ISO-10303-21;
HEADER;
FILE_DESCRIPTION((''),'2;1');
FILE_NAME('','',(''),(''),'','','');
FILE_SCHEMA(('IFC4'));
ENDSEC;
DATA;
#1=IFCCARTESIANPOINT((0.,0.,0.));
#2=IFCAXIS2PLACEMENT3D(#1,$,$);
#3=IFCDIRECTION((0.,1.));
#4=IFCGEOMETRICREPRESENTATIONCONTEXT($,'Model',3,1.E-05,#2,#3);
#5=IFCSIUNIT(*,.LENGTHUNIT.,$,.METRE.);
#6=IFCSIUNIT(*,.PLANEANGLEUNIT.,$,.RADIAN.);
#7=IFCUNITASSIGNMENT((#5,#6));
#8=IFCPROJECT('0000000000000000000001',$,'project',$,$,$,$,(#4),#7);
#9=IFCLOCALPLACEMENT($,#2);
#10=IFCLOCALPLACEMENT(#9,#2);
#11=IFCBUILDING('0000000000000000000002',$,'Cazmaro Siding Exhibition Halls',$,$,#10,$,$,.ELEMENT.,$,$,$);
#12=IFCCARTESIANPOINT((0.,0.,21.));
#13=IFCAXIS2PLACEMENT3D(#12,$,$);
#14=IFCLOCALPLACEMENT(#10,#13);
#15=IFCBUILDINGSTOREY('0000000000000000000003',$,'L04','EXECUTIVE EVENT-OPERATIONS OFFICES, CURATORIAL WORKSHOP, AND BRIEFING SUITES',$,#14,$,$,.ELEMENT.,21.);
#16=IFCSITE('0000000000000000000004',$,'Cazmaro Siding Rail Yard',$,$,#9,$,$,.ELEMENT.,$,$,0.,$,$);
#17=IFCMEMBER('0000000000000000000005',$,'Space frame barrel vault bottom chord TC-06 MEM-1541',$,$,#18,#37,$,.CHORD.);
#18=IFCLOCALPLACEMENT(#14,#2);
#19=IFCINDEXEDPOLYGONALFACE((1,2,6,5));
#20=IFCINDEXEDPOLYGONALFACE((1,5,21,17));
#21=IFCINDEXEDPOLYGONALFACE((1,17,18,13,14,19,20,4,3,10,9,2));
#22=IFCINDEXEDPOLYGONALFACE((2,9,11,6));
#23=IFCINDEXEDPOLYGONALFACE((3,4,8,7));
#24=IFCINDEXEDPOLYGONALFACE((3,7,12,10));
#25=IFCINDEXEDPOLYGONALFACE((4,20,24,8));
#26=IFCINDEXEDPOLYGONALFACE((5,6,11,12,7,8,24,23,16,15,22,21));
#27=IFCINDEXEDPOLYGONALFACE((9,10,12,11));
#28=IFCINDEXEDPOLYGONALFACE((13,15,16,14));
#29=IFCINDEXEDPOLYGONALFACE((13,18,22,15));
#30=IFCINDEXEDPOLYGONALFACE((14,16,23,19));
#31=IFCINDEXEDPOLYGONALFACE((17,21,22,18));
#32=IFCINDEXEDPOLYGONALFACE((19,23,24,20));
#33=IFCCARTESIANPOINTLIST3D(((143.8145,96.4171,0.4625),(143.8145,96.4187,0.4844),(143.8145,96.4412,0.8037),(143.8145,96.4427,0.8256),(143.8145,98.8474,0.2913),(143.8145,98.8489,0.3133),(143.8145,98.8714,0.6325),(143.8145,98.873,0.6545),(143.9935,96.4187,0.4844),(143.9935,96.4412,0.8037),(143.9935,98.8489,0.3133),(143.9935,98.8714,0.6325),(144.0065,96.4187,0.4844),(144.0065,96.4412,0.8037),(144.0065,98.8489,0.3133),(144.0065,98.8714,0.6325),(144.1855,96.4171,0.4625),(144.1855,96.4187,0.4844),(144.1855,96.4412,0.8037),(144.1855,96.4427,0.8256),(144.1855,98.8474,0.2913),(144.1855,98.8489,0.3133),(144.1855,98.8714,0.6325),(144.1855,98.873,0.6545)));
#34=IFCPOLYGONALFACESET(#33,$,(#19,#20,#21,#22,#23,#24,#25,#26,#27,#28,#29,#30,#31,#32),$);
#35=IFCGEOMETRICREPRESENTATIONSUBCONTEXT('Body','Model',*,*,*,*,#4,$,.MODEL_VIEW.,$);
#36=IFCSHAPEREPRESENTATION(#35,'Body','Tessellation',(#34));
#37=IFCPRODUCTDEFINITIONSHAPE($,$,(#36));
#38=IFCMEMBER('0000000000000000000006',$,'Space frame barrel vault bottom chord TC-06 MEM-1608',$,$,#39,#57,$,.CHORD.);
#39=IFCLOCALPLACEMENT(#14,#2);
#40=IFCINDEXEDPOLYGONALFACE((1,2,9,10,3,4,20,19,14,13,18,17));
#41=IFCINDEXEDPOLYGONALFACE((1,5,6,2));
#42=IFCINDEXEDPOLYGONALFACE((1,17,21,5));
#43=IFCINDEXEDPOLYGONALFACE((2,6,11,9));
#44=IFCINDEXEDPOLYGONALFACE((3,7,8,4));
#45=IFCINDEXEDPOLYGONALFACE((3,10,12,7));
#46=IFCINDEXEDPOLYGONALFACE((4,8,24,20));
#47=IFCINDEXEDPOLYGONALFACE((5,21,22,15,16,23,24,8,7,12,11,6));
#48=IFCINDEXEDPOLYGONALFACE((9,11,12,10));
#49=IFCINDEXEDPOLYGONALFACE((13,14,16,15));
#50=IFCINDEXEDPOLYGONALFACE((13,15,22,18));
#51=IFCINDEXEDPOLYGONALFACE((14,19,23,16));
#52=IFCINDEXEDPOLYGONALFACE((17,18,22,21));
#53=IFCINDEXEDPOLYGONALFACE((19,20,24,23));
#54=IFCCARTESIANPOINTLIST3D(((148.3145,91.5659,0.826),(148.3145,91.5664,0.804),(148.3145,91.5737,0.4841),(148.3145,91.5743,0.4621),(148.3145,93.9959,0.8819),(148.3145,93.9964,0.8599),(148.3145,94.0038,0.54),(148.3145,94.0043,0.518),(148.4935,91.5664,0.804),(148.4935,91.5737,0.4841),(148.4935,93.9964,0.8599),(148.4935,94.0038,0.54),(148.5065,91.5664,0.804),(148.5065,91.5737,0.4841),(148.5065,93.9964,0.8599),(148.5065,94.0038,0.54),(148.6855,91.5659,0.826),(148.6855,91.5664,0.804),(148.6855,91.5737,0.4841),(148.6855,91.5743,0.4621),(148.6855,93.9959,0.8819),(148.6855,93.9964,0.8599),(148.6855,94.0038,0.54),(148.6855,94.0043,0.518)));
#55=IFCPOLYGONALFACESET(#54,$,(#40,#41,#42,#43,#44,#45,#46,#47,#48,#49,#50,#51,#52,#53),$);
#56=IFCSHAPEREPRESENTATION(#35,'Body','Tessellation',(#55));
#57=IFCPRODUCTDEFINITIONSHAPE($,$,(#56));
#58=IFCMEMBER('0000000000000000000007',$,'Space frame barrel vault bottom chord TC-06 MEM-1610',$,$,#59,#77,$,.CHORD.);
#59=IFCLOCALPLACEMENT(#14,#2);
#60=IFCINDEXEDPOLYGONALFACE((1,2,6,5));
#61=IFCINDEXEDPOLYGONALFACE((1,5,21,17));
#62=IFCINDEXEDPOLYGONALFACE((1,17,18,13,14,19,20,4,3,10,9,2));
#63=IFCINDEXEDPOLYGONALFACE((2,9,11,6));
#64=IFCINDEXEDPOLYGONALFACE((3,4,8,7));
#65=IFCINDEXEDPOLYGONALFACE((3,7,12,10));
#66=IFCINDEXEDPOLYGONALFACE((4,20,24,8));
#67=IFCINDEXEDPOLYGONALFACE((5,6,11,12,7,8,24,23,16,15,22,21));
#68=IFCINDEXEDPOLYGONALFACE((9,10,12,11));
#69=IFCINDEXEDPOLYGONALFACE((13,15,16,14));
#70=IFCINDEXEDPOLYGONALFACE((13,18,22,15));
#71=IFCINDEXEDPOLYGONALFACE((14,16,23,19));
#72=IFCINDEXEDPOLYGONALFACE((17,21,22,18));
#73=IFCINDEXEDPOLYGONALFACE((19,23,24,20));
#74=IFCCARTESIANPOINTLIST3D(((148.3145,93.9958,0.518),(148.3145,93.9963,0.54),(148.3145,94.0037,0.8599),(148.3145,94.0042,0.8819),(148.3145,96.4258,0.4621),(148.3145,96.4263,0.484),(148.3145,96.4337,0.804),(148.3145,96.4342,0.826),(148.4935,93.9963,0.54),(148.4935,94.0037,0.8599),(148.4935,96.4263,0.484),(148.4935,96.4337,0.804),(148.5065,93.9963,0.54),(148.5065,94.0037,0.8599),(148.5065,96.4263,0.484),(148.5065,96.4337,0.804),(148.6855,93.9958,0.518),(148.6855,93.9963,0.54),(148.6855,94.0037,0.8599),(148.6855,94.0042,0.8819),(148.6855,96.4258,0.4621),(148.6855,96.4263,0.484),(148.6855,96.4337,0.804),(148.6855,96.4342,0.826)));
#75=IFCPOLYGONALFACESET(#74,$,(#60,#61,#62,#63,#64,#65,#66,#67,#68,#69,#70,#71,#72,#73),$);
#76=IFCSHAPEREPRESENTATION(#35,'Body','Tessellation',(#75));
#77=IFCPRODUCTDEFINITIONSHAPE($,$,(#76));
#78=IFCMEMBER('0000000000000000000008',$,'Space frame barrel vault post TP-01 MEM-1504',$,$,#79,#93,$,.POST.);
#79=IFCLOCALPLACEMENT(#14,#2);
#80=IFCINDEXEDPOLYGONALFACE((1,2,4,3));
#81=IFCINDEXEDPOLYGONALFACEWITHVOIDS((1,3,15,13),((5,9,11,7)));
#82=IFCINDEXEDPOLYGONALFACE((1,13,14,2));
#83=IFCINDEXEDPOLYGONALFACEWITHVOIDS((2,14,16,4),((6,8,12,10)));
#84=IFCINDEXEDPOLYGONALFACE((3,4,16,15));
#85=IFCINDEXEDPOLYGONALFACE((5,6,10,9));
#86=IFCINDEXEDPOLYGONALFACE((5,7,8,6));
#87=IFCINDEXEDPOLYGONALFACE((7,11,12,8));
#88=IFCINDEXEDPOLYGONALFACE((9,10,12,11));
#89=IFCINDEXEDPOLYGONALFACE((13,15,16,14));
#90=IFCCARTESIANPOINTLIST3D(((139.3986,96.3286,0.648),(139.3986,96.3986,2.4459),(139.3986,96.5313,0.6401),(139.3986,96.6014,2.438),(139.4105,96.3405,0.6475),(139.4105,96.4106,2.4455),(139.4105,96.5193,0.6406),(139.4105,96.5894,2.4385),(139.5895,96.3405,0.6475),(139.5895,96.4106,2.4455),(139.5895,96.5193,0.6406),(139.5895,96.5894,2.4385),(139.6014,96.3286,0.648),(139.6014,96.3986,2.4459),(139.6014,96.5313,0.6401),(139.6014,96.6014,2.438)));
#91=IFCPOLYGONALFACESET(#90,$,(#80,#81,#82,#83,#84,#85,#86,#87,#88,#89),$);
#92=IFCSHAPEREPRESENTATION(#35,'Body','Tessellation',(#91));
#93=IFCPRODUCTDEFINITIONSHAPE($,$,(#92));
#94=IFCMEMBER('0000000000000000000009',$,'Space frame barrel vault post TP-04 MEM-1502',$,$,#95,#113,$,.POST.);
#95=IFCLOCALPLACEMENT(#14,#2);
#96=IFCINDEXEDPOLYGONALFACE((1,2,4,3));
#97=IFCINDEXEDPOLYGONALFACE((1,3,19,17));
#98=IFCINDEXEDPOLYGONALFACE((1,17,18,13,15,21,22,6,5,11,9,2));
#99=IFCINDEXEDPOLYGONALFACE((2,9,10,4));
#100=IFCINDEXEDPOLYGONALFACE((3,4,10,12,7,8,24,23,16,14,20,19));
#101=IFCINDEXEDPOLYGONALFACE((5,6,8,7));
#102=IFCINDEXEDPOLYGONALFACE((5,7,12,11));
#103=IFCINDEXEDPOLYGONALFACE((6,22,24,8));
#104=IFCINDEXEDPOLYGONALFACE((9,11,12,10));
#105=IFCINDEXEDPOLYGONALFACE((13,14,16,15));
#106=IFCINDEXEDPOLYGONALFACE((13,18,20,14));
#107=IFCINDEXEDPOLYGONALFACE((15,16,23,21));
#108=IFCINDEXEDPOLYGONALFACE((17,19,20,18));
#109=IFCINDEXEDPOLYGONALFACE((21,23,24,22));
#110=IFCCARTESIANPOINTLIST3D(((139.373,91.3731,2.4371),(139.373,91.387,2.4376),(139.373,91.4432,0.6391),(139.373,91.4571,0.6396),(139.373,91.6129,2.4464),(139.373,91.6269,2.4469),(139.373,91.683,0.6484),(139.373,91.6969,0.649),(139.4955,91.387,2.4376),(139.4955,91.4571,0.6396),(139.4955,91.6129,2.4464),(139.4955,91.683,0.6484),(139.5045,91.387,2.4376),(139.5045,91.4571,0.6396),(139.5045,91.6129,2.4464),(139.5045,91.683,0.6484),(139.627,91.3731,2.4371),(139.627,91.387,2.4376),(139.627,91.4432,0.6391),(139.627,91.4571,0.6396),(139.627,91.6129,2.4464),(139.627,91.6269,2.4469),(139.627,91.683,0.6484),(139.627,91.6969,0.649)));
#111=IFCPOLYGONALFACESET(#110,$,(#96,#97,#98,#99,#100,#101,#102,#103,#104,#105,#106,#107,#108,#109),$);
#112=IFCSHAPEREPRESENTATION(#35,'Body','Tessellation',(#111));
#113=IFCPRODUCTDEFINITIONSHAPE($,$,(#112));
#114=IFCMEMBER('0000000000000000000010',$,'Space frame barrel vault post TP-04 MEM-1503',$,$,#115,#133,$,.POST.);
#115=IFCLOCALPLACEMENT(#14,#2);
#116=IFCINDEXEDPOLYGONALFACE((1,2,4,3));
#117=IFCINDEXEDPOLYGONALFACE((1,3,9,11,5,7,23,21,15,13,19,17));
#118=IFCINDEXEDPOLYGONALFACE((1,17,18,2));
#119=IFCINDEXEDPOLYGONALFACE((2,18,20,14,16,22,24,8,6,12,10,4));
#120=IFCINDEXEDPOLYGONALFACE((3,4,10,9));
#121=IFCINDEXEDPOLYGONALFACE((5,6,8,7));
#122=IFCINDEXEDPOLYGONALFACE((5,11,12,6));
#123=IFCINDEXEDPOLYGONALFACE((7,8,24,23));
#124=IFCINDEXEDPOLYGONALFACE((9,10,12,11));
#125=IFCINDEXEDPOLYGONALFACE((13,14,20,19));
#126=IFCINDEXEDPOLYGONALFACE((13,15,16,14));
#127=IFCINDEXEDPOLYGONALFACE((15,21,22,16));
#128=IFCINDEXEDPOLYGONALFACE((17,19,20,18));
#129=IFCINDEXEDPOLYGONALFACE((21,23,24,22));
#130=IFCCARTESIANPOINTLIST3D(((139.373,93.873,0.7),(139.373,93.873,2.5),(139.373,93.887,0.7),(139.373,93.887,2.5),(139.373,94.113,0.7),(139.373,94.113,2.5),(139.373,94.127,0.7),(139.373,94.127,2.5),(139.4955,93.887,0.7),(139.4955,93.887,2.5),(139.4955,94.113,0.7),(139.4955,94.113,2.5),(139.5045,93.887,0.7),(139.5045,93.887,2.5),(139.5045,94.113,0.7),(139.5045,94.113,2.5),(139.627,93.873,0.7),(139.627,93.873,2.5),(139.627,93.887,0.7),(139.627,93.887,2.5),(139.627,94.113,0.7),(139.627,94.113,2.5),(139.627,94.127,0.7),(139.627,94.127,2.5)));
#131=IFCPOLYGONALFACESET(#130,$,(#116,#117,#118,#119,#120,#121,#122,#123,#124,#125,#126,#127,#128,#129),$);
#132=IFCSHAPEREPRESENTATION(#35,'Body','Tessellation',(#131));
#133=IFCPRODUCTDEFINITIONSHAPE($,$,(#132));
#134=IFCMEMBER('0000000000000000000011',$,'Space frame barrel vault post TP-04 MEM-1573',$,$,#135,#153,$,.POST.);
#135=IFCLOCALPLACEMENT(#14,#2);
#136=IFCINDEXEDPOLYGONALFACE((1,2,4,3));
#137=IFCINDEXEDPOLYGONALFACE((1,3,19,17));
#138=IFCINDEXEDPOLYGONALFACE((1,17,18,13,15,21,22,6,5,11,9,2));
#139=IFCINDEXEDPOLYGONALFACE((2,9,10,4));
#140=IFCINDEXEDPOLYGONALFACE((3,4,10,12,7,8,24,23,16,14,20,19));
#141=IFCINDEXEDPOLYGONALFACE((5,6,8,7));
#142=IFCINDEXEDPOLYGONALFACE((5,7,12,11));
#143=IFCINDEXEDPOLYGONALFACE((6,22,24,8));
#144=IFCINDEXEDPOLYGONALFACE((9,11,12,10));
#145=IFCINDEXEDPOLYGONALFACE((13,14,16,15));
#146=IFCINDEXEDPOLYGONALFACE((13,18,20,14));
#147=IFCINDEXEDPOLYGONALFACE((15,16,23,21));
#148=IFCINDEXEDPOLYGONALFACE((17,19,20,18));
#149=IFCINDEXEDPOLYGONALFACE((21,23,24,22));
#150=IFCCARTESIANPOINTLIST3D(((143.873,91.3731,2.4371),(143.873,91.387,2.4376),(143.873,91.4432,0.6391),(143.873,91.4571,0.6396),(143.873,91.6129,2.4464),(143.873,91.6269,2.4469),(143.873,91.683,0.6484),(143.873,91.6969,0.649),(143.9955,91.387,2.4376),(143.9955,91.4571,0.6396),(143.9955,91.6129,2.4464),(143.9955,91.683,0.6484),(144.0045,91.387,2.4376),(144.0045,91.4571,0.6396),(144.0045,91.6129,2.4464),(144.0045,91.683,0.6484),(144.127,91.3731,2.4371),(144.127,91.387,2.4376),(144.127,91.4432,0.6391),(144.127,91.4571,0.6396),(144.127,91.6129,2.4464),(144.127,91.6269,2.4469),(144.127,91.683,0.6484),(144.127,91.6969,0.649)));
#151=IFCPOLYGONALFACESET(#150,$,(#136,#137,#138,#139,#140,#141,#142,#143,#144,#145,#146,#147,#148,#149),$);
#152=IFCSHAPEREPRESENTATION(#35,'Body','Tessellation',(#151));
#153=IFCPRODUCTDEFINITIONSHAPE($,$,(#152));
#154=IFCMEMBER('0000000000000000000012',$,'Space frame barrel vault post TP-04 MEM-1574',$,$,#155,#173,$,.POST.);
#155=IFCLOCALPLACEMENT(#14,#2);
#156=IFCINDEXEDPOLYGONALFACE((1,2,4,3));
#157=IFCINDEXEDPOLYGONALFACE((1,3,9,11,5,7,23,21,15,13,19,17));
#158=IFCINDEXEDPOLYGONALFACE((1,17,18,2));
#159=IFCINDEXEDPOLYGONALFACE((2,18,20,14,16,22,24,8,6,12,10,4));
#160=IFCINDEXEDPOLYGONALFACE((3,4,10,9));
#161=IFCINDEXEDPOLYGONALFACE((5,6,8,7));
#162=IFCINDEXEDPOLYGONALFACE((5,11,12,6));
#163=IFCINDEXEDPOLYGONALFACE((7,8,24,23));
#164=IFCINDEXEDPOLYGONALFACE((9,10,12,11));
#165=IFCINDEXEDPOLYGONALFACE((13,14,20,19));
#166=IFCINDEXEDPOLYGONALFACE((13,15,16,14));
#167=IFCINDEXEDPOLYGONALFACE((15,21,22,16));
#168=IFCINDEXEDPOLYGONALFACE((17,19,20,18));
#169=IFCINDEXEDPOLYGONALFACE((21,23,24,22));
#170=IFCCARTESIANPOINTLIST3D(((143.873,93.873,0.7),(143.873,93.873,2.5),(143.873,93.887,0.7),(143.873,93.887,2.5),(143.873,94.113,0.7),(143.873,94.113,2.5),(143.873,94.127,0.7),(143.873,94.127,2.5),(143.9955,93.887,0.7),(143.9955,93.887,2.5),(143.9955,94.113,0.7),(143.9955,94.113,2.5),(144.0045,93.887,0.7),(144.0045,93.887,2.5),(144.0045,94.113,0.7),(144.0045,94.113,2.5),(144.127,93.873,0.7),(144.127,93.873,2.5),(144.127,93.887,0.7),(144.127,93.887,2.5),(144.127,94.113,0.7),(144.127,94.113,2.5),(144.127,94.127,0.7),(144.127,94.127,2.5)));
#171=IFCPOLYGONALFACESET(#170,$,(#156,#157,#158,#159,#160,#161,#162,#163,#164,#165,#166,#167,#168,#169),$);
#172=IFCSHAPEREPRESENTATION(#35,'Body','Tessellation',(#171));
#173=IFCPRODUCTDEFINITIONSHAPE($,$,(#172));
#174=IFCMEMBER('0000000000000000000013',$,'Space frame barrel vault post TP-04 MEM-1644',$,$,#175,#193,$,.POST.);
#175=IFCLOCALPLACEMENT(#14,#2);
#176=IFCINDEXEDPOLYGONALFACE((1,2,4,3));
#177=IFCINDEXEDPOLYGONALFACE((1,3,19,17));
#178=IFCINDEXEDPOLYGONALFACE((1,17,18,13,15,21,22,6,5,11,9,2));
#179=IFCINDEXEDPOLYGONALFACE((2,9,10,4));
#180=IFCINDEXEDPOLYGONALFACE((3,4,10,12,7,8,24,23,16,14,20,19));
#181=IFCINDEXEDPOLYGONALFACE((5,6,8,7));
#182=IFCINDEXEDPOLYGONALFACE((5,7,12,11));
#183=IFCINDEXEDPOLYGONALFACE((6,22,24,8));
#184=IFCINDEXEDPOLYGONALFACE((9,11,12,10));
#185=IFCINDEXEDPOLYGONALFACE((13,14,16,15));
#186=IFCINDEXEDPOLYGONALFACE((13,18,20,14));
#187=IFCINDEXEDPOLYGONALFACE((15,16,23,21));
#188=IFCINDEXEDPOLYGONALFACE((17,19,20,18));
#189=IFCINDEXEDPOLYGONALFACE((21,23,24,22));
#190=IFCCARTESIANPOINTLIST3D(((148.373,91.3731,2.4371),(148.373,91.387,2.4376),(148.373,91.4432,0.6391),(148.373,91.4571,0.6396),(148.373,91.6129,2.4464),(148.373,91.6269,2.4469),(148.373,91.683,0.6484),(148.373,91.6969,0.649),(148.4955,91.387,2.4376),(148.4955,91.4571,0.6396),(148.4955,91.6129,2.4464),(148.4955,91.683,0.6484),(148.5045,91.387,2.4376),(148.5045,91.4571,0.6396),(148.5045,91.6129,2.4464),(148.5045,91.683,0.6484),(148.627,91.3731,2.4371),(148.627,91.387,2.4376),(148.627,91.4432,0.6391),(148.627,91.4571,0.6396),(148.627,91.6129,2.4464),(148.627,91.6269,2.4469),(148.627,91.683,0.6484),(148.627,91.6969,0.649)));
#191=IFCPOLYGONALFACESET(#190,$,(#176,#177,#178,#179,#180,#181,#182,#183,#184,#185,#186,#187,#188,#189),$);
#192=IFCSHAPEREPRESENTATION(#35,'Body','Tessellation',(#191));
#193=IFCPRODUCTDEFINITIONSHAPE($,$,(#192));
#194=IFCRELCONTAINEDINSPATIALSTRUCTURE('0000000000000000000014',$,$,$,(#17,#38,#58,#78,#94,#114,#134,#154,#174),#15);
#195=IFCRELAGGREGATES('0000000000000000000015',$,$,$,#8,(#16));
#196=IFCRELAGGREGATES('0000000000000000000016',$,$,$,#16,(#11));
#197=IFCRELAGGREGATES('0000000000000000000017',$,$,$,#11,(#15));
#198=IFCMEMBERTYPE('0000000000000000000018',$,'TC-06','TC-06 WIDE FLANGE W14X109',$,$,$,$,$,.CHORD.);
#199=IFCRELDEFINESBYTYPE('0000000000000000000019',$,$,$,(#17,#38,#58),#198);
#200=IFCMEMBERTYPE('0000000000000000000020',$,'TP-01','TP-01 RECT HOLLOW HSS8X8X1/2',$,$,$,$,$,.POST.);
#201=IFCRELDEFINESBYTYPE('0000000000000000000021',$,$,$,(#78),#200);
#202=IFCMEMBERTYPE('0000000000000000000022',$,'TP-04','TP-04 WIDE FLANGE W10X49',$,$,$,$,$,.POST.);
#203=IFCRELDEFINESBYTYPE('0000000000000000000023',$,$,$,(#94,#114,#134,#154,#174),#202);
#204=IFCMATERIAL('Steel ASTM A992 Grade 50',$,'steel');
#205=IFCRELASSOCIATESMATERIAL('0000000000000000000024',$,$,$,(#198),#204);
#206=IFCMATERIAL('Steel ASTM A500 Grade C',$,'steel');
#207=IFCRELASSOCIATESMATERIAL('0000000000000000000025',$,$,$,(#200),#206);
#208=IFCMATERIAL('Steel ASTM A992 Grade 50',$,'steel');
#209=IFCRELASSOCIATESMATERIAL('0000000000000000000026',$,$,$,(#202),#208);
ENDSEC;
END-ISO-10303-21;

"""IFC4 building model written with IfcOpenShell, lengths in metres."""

from ifc_helpers import new_model, si_unit, direction, frame, origin, origin_2d, place, context, subcontext, project, spatial, hollow_rectangle, i_section, extrude, material, material_profile, profile_set, type_object, element, save


model = new_model("IFC4")

# Units and contexts
model_context = context("Model", 3, precision=1e-05, world=origin(), true_north=direction((0.0, 1.0)))
body_context = subcontext(model_context, "Body", "Model", "MODEL_VIEW")
ifc_project = project(units=[si_unit("LENGTHUNIT", "METRE"), si_unit("PLANEANGLEUNIT", "RADIAN")], contexts=[model_context])

# Site, building, storey
site_placement = place(None, origin())
site = spatial("IfcSite", under=ifc_project, at=site_placement, Name="Cazmaro Siding Rail Yard", CompositionType="ELEMENT", RefElevation=0.0)
building_placement = place(site_placement, origin())
building = spatial("IfcBuilding", under=site, at=building_placement, Name="Cazmaro Siding Exhibition Halls", CompositionType="ELEMENT")
storey_placement = place(building_placement, frame((0.0, 0.0, 21.0)))
storey = spatial("IfcBuildingStorey", under=building, at=storey_placement, Name="L04", Description="EXECUTIVE EVENT-OPERATIONS OFFICES, CURATORIAL WORKSHOP, AND BRIEFING SUITES", CompositionType="ELEMENT", Elevation=21.0)

# Members
ifc_material_1 = material(Name="Steel ASTM A992 Grade 50", Category="steel")
ifc_material_profile_1 = material_profile(ifc_material_1, i_section(OverallWidth=0.3711, OverallDepth=0.364, WebThickness=0.0129, FlangeThickness=0.022, at=origin_2d()), Name="W14X109")
ifc_profile_set_1 = profile_set([ifc_material_profile_1], Name="Steel ASTM A992 Grade 50")
member_type_1 = type_object("IfcMemberType", Name="TC-06", Description="TC-06 WIDE FLANGE W14X109", PredefinedType="CHORD", material=ifc_profile_set_1)
member_1_placement = place(storey_placement, frame((144.0, 96.4299, 0.644), z_axis=(0.0, 0.997529, -0.07025), x_axis=(-1.0, 0.0, 0.0)))
element("IfcMember", 1, at=member_1_placement, inside=storey, type_object=member_type_1, Name="Space frame barrel vault bottom chord TC-06 MEM-1541", PredefinedType="CHORD", context=body_context, shape_type="SweptSolid", body=[
    extrude(i_section(OverallWidth=0.3711, OverallDepth=0.364, WebThickness=0.0129, FlangeThickness=0.022, at=origin_2d()), origin(), (0.0, 0.0, 1.0), 2.4363),
])
for number, where, z_axis, x_axis, name in (
    (2, (148.5, 91.5701, 0.644), (0.0, 0.999735, 0.023002), (-1.0, 0.0, 0.0), "Space frame barrel vault bottom chord TC-06 MEM-1608"),
    (3, (148.5, 94.0, 0.7), (0.0, 0.999735, -0.023002), (-1.0, 0.0, 0.0), "Space frame barrel vault bottom chord TC-06 MEM-1610"),
):
    element("IfcMember", number, at=place(storey_placement, frame(where, z_axis=z_axis, x_axis=x_axis)), inside=storey, type_object=member_type_1, Name=name, PredefinedType="CHORD", context=body_context, shape_type="SweptSolid", body=[
        extrude(i_section(OverallWidth=0.3711, OverallDepth=0.364, WebThickness=0.0129, FlangeThickness=0.022, at=origin_2d()), origin(), (0.0, 0.0, 1.0), 2.4307),
    ])
ifc_material_2 = material(Name="Steel ASTM A500 Grade C", Category="steel")
ifc_material_profile_2 = material_profile(ifc_material_2, hollow_rectangle(XDim=0.2029, YDim=0.2029, WallThickness=0.012, at=origin_2d()), Name="HSS8X8X1/2")
ifc_profile_set_2 = profile_set([ifc_material_profile_2], Name="Steel ASTM A500 Grade C")
member_type_2 = type_object("IfcMemberType", Name="TP-01", Description="TP-01 RECT HOLLOW HSS8X8X1/2", PredefinedType="POST", material=ifc_profile_set_2)
member_2_placement = place(storey_placement, frame((139.5, 96.4299, 0.644), z_axis=(0.0, 0.038944, 0.999241), x_axis=(-1.0, 0.0, 0.0)))
element("IfcMember", 4, at=member_2_placement, inside=storey, type_object=member_type_2, Name="Space frame barrel vault post TP-01 MEM-1504", PredefinedType="POST", context=body_context, shape_type="SweptSolid", body=[
    extrude(hollow_rectangle(XDim=0.2029, YDim=0.2029, WallThickness=0.012, at=origin_2d()), origin(), (0.0, 0.0, 1.0), 1.7993),
])
ifc_material_3 = material(Name="Steel ASTM A992 Grade 50", Category="steel")
ifc_material_profile_3 = material_profile(ifc_material_3, i_section(OverallWidth=0.2539, OverallDepth=0.2539, WebThickness=0.009, FlangeThickness=0.0139, at=origin_2d()), Name="W10X49")
ifc_profile_set_3 = profile_set([ifc_material_profile_3], Name="Steel ASTM A992 Grade 50")
member_type_3 = type_object("IfcMemberType", Name="TP-04", Description="TP-04 WIDE FLANGE W10X49", PredefinedType="POST", material=ifc_profile_set_3)
member_3_placement = place(storey_placement, frame((139.5, 91.5701, 0.644), z_axis=(0.0, -0.038944, 0.999241), x_axis=(1.0, 0.0, 0.0)))
element("IfcMember", 5, at=member_3_placement, inside=storey, type_object=member_type_3, Name="Space frame barrel vault post TP-04 MEM-1502", PredefinedType="POST", context=body_context, shape_type="SweptSolid", body=[
    extrude(i_section(OverallWidth=0.2539, OverallDepth=0.2539, WebThickness=0.009, FlangeThickness=0.0139, at=origin_2d()), origin(), (0.0, 0.0, 1.0), 1.7993),
])
member_4_placement = place(storey_placement, frame((139.5, 94.0, 0.7), z_axis=(0.0, 0.0, 1.0), x_axis=(1.0, 0.0, 0.0)))
element("IfcMember", 6, at=member_4_placement, inside=storey, type_object=member_type_3, Name="Space frame barrel vault post TP-04 MEM-1503", PredefinedType="POST", context=body_context, shape_type="SweptSolid", body=[
    extrude(i_section(OverallWidth=0.2539, OverallDepth=0.2539, WebThickness=0.009, FlangeThickness=0.0139, at=origin_2d()), origin(), (0.0, 0.0, 1.0), 1.8),
])
member_5_placement = place(storey_placement, frame((144.0, 91.5701, 0.644), z_axis=(0.0, -0.038944, 0.999241), x_axis=(1.0, 0.0, 0.0)))
element("IfcMember", 7, at=member_5_placement, inside=storey, type_object=member_type_3, Name="Space frame barrel vault post TP-04 MEM-1573", PredefinedType="POST", context=body_context, shape_type="SweptSolid", body=[
    extrude(i_section(OverallWidth=0.2539, OverallDepth=0.2539, WebThickness=0.009, FlangeThickness=0.0139, at=origin_2d()), origin(), (0.0, 0.0, 1.0), 1.7993),
])
member_6_placement = place(storey_placement, frame((144.0, 94.0, 0.7), z_axis=(0.0, 0.0, 1.0), x_axis=(1.0, 0.0, 0.0)))
element("IfcMember", 8, at=member_6_placement, inside=storey, type_object=member_type_3, Name="Space frame barrel vault post TP-04 MEM-1574", PredefinedType="POST", context=body_context, shape_type="SweptSolid", body=[
    extrude(i_section(OverallWidth=0.2539, OverallDepth=0.2539, WebThickness=0.009, FlangeThickness=0.0139, at=origin_2d()), origin(), (0.0, 0.0, 1.0), 1.8),
])
member_7_placement = place(storey_placement, frame((148.5, 91.5701, 0.644), z_axis=(0.0, -0.038944, 0.999241), x_axis=(1.0, 0.0, 0.0)))
element("IfcMember", 9, at=member_7_placement, inside=storey, type_object=member_type_3, Name="Space frame barrel vault post TP-04 MEM-1644", PredefinedType="POST", context=body_context, shape_type="SweptSolid", body=[
    extrude(i_section(OverallWidth=0.2539, OverallDepth=0.2539, WebThickness=0.009, FlangeThickness=0.0139, at=origin_2d()), origin(), (0.0, 0.0, 1.0), 1.7993),
])

save(model, "model.ifc")
